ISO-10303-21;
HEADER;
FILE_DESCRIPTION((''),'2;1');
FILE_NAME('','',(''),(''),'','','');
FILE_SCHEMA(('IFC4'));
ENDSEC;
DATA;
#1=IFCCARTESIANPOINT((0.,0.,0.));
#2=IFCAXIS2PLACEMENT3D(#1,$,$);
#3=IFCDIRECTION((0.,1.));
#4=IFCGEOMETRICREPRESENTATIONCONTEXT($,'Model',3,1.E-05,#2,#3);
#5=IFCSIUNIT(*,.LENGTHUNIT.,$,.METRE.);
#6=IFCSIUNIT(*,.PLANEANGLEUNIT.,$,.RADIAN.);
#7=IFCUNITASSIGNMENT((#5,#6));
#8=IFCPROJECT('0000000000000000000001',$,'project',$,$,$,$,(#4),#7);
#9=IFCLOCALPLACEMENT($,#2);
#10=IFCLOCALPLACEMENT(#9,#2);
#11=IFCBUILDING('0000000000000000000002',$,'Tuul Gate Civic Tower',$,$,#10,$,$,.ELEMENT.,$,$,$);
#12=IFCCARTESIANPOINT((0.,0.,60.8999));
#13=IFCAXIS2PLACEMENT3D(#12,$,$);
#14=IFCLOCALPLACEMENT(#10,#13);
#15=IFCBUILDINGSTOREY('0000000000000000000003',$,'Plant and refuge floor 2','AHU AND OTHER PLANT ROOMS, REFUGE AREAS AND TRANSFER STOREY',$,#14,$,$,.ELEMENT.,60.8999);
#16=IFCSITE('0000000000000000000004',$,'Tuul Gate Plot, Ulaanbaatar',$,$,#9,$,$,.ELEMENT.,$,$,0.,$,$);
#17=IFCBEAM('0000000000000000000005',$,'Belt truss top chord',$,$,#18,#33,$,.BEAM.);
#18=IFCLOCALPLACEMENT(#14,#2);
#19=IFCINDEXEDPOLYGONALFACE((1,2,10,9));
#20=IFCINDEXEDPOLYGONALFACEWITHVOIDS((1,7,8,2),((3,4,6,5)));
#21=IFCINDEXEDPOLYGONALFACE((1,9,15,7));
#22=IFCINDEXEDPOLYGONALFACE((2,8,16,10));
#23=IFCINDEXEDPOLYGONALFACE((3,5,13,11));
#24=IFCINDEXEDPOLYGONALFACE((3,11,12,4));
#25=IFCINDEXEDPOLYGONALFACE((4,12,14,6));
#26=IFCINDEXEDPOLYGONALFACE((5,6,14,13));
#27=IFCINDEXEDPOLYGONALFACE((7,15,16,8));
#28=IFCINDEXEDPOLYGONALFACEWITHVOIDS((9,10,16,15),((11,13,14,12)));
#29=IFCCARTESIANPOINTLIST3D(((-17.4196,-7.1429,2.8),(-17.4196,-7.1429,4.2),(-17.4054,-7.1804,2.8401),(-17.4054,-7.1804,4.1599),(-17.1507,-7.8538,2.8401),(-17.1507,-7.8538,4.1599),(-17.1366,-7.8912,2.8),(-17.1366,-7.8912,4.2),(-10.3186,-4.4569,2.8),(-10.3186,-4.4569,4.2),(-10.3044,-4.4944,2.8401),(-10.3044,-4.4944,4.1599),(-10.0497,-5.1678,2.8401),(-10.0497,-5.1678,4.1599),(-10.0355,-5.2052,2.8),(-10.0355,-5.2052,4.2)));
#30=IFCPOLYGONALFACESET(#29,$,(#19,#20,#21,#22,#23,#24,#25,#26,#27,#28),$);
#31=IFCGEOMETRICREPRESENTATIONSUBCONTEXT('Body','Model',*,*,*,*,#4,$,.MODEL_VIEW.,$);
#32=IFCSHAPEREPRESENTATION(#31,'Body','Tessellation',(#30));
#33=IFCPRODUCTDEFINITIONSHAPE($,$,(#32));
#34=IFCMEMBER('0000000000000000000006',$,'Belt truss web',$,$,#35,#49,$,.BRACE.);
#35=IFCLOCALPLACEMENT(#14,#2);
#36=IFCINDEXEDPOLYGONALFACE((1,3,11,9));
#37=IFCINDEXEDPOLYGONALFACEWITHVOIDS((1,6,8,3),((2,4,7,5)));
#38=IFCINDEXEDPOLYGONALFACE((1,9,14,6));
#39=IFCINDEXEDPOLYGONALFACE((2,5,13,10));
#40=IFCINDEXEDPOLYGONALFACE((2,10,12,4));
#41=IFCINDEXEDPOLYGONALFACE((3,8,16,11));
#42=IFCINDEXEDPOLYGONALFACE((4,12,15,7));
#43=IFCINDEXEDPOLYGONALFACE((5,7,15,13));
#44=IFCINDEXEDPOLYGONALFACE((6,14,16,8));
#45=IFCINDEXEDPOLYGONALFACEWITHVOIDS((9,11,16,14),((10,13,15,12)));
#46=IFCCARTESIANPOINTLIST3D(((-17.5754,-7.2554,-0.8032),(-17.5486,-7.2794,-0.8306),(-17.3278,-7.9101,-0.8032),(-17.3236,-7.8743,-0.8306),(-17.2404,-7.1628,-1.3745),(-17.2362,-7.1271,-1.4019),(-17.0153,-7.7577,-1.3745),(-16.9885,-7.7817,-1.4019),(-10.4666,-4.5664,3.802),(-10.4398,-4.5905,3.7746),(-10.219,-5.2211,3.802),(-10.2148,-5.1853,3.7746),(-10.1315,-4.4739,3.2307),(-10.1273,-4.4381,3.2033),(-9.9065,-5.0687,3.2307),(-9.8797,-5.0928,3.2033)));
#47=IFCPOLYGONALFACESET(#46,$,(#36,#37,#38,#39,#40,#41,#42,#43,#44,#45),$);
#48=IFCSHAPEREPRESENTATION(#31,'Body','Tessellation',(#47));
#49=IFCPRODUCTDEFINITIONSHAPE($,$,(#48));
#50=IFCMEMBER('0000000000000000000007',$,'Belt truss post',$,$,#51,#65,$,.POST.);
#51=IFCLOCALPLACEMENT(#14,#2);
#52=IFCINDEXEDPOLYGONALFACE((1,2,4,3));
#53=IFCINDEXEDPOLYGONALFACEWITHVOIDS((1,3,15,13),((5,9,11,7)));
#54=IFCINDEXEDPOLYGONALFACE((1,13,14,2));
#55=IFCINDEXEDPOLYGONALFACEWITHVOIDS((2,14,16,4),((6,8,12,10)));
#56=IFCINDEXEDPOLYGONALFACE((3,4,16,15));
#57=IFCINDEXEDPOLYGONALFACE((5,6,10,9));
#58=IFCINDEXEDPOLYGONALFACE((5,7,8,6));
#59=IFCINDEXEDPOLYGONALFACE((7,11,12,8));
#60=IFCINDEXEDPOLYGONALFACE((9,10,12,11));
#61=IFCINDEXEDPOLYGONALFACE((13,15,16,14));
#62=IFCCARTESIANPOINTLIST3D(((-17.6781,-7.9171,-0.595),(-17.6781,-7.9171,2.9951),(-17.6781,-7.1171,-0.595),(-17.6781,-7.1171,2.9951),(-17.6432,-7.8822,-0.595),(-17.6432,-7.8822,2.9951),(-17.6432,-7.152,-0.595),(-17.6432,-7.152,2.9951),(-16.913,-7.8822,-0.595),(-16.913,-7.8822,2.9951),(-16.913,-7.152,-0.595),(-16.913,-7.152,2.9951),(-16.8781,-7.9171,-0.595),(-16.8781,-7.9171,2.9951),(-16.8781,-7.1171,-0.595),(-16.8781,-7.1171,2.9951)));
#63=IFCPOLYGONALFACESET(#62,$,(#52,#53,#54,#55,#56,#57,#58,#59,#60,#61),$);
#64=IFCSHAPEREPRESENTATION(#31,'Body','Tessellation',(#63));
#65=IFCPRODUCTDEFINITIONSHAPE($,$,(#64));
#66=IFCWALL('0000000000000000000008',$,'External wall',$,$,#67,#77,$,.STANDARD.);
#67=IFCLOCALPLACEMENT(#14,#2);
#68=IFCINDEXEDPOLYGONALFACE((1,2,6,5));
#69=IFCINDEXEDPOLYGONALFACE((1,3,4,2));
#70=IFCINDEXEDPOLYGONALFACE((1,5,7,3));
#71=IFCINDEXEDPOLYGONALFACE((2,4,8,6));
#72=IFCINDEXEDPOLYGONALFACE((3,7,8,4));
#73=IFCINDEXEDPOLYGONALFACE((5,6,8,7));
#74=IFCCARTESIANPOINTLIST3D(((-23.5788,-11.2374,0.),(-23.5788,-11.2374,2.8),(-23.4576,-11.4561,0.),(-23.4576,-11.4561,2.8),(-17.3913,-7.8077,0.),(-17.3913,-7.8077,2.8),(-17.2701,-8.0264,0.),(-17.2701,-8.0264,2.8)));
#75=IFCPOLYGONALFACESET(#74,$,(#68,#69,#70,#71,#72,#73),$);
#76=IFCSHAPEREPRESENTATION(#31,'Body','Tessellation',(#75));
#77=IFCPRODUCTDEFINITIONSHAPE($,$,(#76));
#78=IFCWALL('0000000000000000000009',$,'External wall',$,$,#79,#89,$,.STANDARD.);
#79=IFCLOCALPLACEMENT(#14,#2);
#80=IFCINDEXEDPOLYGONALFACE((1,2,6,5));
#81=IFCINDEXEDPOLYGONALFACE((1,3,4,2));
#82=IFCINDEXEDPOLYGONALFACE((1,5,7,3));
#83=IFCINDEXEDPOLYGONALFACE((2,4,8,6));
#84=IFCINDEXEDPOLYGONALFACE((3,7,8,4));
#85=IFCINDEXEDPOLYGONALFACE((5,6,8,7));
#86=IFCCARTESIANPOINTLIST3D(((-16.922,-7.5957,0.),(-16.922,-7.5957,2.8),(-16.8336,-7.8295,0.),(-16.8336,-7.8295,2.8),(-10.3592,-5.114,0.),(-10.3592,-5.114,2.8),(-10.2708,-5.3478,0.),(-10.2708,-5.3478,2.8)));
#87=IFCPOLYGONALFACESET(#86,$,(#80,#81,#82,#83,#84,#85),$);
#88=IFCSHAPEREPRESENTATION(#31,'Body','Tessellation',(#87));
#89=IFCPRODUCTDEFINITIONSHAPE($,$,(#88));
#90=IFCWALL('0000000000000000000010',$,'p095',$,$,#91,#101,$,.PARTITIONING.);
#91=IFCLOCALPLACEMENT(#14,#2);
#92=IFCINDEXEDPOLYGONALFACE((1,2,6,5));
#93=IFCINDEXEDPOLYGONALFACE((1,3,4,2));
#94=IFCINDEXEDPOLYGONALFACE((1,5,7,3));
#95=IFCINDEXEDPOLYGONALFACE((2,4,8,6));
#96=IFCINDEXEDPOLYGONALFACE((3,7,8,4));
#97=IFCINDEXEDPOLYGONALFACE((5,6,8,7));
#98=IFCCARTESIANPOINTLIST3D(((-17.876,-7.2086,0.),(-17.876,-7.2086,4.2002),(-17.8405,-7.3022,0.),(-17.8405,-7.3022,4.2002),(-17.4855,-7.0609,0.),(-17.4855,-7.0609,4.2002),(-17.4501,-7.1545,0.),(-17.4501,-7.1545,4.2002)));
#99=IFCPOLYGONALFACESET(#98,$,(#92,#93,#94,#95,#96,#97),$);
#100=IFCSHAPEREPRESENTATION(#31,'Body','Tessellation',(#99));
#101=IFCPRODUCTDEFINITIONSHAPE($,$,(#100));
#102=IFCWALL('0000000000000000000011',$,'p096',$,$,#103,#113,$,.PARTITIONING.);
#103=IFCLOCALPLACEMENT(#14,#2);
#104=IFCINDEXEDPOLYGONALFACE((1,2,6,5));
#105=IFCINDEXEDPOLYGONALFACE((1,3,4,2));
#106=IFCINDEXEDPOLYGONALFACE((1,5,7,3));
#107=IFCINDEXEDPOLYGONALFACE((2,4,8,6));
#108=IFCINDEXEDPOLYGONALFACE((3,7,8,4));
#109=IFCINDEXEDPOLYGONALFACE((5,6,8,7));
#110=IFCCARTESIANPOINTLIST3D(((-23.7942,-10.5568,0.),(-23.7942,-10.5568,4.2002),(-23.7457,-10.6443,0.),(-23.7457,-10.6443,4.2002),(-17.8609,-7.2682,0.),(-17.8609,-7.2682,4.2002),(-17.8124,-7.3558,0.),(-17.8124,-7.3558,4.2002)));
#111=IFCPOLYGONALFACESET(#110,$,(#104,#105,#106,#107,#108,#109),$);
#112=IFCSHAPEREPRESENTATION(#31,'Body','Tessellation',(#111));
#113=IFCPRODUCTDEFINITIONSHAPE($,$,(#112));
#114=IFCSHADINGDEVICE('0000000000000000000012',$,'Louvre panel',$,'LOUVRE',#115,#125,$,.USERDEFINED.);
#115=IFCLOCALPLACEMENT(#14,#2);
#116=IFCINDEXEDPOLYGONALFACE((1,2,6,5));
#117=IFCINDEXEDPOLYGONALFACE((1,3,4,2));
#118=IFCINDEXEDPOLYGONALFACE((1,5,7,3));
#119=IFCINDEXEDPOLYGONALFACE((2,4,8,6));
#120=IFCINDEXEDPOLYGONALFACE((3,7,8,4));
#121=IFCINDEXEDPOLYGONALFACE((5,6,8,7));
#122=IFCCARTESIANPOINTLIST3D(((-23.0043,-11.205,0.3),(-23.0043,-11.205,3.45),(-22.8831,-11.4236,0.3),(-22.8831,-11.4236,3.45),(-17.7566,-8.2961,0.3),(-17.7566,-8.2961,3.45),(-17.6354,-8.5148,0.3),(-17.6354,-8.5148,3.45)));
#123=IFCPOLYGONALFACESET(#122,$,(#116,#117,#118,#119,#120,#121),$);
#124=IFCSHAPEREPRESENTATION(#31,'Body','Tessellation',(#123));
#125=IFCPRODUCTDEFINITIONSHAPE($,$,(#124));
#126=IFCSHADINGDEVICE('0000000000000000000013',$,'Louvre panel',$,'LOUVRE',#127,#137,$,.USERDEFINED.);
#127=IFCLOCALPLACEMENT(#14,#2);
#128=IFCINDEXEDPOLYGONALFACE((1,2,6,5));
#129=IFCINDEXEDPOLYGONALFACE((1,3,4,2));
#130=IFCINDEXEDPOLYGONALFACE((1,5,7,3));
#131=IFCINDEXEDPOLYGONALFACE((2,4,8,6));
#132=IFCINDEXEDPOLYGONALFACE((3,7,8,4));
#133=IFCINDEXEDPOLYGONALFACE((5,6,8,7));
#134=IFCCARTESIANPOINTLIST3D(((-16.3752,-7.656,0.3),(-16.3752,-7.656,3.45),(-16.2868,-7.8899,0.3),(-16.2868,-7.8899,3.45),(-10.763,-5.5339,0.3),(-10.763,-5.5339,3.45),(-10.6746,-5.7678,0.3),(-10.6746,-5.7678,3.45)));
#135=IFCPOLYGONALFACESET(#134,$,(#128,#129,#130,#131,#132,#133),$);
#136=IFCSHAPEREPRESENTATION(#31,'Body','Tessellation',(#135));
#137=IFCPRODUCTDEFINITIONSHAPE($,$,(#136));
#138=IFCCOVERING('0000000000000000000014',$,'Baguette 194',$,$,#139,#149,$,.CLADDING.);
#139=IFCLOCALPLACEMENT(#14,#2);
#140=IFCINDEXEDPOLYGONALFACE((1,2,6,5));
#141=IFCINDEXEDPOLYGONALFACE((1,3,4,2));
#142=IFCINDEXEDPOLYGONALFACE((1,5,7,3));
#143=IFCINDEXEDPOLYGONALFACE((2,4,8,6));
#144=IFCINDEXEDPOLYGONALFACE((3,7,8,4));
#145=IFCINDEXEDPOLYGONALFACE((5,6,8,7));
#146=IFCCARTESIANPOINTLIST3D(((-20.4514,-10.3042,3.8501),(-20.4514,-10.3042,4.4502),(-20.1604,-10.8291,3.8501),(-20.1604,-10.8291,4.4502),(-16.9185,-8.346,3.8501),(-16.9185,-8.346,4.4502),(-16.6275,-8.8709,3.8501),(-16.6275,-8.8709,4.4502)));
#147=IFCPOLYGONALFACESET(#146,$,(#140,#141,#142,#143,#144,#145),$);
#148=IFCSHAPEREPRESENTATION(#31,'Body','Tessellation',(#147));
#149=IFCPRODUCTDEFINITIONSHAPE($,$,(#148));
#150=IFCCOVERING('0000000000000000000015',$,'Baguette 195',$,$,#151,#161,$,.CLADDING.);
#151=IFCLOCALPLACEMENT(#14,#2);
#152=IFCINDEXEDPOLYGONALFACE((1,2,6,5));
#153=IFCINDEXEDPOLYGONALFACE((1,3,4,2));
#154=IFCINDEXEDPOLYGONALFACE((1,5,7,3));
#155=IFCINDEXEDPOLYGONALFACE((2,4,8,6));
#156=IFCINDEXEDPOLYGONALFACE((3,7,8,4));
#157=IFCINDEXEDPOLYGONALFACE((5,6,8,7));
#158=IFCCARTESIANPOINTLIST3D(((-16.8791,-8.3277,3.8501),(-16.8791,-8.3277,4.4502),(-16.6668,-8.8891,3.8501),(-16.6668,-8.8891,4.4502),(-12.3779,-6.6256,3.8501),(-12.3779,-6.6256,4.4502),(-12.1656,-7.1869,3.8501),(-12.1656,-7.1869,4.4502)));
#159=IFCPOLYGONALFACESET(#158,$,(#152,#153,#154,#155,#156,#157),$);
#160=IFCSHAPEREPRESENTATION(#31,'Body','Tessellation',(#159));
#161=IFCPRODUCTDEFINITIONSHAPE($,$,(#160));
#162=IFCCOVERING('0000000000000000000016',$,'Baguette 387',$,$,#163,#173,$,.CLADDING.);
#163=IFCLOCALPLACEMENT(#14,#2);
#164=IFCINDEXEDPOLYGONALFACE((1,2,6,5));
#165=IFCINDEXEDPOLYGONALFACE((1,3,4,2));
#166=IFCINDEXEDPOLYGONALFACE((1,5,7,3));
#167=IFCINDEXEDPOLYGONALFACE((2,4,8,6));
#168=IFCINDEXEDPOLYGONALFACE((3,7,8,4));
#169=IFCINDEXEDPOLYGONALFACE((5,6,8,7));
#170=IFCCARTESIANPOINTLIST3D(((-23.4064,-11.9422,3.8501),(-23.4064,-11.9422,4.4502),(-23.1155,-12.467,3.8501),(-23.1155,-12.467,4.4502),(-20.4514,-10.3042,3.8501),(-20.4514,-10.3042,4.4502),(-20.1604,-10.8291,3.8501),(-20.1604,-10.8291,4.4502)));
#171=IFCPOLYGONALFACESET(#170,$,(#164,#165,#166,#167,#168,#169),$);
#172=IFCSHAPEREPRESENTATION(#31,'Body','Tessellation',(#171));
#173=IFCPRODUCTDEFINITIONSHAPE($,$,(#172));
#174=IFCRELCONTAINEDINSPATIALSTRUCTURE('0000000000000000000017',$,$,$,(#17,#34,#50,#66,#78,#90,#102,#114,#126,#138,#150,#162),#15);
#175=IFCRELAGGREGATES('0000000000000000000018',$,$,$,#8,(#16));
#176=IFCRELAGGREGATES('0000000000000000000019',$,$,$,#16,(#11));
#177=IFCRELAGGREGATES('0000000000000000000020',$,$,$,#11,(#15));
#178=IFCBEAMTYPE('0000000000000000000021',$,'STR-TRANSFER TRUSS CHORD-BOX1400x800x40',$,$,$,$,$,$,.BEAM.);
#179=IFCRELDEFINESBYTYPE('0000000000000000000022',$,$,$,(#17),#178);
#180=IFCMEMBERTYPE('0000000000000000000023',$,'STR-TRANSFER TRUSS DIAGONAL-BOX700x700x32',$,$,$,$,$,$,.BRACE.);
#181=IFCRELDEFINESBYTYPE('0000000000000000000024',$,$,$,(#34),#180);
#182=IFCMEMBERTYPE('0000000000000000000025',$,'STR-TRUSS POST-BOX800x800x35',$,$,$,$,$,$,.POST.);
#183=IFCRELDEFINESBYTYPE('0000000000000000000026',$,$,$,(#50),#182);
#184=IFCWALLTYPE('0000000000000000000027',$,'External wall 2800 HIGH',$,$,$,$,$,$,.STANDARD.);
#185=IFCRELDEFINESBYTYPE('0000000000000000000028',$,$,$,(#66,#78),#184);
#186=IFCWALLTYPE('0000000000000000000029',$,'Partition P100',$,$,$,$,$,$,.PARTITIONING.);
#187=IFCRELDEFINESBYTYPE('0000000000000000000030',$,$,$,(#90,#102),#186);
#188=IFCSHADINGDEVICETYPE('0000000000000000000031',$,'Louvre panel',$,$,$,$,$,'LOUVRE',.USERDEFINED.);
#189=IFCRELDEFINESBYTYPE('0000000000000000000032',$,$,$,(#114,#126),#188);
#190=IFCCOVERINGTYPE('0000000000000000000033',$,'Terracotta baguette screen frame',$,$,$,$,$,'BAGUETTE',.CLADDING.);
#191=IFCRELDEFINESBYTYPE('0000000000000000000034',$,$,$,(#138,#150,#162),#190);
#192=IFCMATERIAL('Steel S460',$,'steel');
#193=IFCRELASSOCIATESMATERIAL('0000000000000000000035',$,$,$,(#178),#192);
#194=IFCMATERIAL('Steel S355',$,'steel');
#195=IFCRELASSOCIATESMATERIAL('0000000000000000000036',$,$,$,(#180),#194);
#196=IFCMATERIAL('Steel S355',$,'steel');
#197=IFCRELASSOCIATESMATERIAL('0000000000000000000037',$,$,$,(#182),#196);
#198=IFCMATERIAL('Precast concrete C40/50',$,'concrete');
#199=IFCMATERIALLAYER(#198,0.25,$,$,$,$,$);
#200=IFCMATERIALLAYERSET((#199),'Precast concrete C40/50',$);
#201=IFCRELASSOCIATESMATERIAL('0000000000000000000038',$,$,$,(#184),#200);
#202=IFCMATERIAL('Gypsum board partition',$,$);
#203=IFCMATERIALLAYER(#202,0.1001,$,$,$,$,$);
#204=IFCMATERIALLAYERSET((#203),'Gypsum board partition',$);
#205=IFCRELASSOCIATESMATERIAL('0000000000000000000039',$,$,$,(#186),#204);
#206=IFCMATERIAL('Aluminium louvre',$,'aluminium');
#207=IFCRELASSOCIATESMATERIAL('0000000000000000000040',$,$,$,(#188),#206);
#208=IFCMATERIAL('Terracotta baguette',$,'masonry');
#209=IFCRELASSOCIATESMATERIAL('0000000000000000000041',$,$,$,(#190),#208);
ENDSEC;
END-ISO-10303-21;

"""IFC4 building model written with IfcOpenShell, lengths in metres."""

from ifc_helpers import new_model, si_unit, direction, frame, frame_2d, origin, origin_2d, place, context, subcontext, project, spatial, rectangle, hollow_rectangle, extrude, material, layer, layer_set, material_profile, profile_set, type_object, element, save


model = new_model("IFC4")

# Units and contexts
model_context = context("Model", 3, precision=1e-05, world=origin(), true_north=direction((0.0, 1.0)))
body_context = subcontext(model_context, "Body", "Model", "MODEL_VIEW")
ifc_project = project(units=[si_unit("LENGTHUNIT", "METRE"), si_unit("PLANEANGLEUNIT", "RADIAN")], contexts=[model_context])

# Site, building, storey
site_placement = place(None, origin())
site = spatial("IfcSite", under=ifc_project, at=site_placement, Name="Tuul Gate Plot, Ulaanbaatar", CompositionType="ELEMENT", RefElevation=0.0)
building_placement = place(site_placement, origin())
building = spatial("IfcBuilding", under=site, at=building_placement, Name="Tuul Gate Civic Tower", CompositionType="ELEMENT")
storey_placement = place(building_placement, frame((0.0, 0.0, 60.8999)))
storey = spatial("IfcBuildingStorey", under=building, at=storey_placement, Name="Plant and refuge floor 2", Description="AHU AND OTHER PLANT ROOMS, REFUGE AREAS AND TRANSFER STOREY", CompositionType="ELEMENT", Elevation=60.8999)

# Beam
ifc_material_1 = material(Name="Steel S460", Category="steel")
ifc_material_profile_1 = material_profile(ifc_material_1, hollow_rectangle(XDim=0.8, YDim=1.3999, WallThickness=0.04, at=origin_2d()), Name="BOX1400x800x40")
ifc_profile_set_1 = profile_set([ifc_material_profile_1], Name="Steel S460")
beam_type_1 = type_object("IfcBeamType", Name="STR-TRANSFER TRUSS CHORD-BOX1400x800x40", PredefinedType="BEAM", material=ifc_profile_set_1)
for number, where, z_axis, x_axis, name in (
    (1, (-17.2781, -7.5171, 3.5), (0.935324, 0.353793, 0.0), (-0.353793, 0.935324, 0.0), "Belt truss top chord"),
):
    element("IfcBeam", number, at=place(storey_placement, frame(where, z_axis=z_axis, x_axis=x_axis)), inside=storey, type_object=beam_type_1, Name=name, PredefinedType="BEAM", context=body_context, shape_type="SweptSolid", body=[
        extrude(hollow_rectangle(XDim=0.8, YDim=1.3999, WallThickness=0.04, at=origin_2d()), origin(), (0.0, 0.0, 1.0), 7.592),
    ])

# Members
ifc_material_2 = material(Name="Steel S355", Category="steel")
ifc_material_profile_2 = material_profile(ifc_material_2, hollow_rectangle(XDim=0.7, YDim=0.7, WallThickness=0.032, at=origin_2d()), Name="BOX700x700x32")
ifc_profile_set_2 = profile_set([ifc_material_profile_2], Name="Steel S355")
member_type_1 = type_object("IfcMemberType", Name="STR-TRANSFER TRUSS DIAGONAL-BOX700x700x32", PredefinedType="BRACE", material=ifc_profile_set_2)
member_1_placement = place(storey_placement, frame((-17.282, -7.5186, -1.1025), z_axis=(0.799939, 0.30258, 0.518211), x_axis=(-0.35379, 0.935325, 0.0)))
element("IfcMember", 2, at=member_1_placement, inside=storey, type_object=member_type_1, Name="Belt truss web", PredefinedType="BRACE", context=body_context, shape_type="SweptSolid", body=[
    extrude(hollow_rectangle(XDim=0.7, YDim=0.7, WallThickness=0.032, at=origin_2d()), origin(), (0.0, 0.0, 1.0), 8.8867),
])
ifc_material_3 = material(Name="Steel S355", Category="steel")
ifc_material_profile_3 = material_profile(ifc_material_3, hollow_rectangle(XDim=0.8, YDim=0.8, WallThickness=0.0349, at=origin_2d()), Name="BOX800x800x35")
ifc_profile_set_3 = profile_set([ifc_material_profile_3], Name="Steel S355")
member_type_2 = type_object("IfcMemberType", Name="STR-TRUSS POST-BOX800x800x35", PredefinedType="POST", material=ifc_profile_set_3)
member_2_placement = place(storey_placement, frame((-17.2781, -7.5171, -0.595), z_axis=(0.0, 0.0, 1.0), x_axis=(1.0, 0.0, 0.0)))
element("IfcMember", 3, at=member_2_placement, inside=storey, type_object=member_type_2, Name="Belt truss post", PredefinedType="POST", context=body_context, shape_type="SweptSolid", body=[
    extrude(hollow_rectangle(XDim=0.8, YDim=0.8, WallThickness=0.0349, at=origin_2d()), origin(), (0.0, 0.0, 1.0), 3.5901),
])

# Walls
ifc_material_4 = material(Name="Precast concrete C40/50", Category="concrete")
ifc_layer_1 = layer(ifc_material_4, 0.25)
ifc_layer_set_1 = layer_set([ifc_layer_1], Name="Precast concrete C40/50")
wall_type_1 = type_object("IfcWallType", Name="External wall 2800 HIGH", PredefinedType="STANDARD", material=ifc_layer_set_1)
wall_1_placement = place(storey_placement, frame((-23.5181, -11.3467, 0.0), z_axis=(0.0, 0.0, 1.0), x_axis=(0.874626, 0.484799, 0.0)))
element("IfcWall", 4, at=wall_1_placement, inside=storey, type_object=wall_type_1, Name="External wall", PredefinedType="STANDARD", context=body_context, shape_type="SweptSolid", body=[
    extrude(rectangle(XDim=7.0745, YDim=0.25, at=frame_2d((3.5371, 0.0))), origin(), (0.0, 0.0, 1.0), 2.8),
])
wall_2_placement = place(storey_placement, frame((-16.8779, -7.7126, 0.0), z_axis=(0.0, 0.0, 1.0), x_axis=(0.935358, 0.353704, 0.0)))
element("IfcWall", 5, at=wall_2_placement, inside=storey, type_object=wall_type_1, Name="External wall", PredefinedType="STANDARD", context=body_context, shape_type="SweptSolid", body=[
    extrude(rectangle(XDim=7.0164, YDim=0.25, at=frame_2d((3.5083, 0.0))), origin(), (0.0, 0.0, 1.0), 2.8),
])
ifc_material_5 = material(Name="Gypsum board partition")
ifc_layer_2 = layer(ifc_material_5, 0.1001)
ifc_layer_set_2 = layer_set([ifc_layer_2], Name="Gypsum board partition")
wall_type_2 = type_object("IfcWallType", Name="Partition P100", PredefinedType="PARTITIONING", material=ifc_layer_set_2)
wall_3_placement = place(storey_placement, frame((-17.4678, -7.1077, 0.0), z_axis=(0.0, 0.0, 1.0), x_axis=(-0.935291, -0.353878, 0.0)))
element("IfcWall", 6, at=wall_3_placement, inside=storey, type_object=wall_type_2, Name="p095", PredefinedType="PARTITIONING", context=body_context, shape_type="SweptSolid", body=[
    extrude(rectangle(XDim=0.4175, YDim=0.1001, at=frame_2d((0.2087, 0.0))), origin(), (0.0, 0.0, 1.0), 4.2002),
])
wall_4_placement = place(storey_placement, frame((-17.8367, -7.312, 0.0), z_axis=(0.0, 0.0, 1.0), x_axis=(-0.874641, -0.484772, 0.0)))
element("IfcWall", 7, at=wall_4_placement, inside=storey, type_object=wall_type_2, Name="p096", PredefinedType="PARTITIONING", context=body_context, shape_type="SweptSolid", body=[
    extrude(rectangle(XDim=6.7837, YDim=0.1001, at=frame_2d((3.3918, 0.0))), origin(), (0.0, 0.0, 1.0), 4.2002),
])

# Shading devices
ifc_material_6 = material(Name="Aluminium louvre", Category="aluminium")
shading_device_type = type_object("IfcShadingDeviceType", Name="Louvre panel", ElementType="LOUVRE", PredefinedType="USERDEFINED", material=ifc_material_6)
for number, where, z_axis, x_axis, name in (
    (8, (-20.3198, -9.8599, 0.3), (0.0, 0.0, 1.0), (0.484808, -0.874621, 0.0), "Louvre panel"),
    (9, (-13.5249, -6.7119, 0.3), (0.0, 0.0, 1.0), (0.353685, -0.935365, 0.0), "Louvre panel"),
):
    element("IfcShadingDevice", number, at=place(storey_placement, frame(where, z_axis=z_axis, x_axis=x_axis)), inside=storey, type_object=shading_device_type, Name=name, ObjectType="LOUVRE", PredefinedType="USERDEFINED", context=body_context, shape_type="SweptSolid", body=[
        extrude(rectangle(XDim=0.25, YDim=6.0, at=origin_2d()), origin(), (0.0, 0.0, 1.0), 3.1499),
    ])

# Coverings
ifc_material_7 = material(Name="Terracotta baguette", Category="masonry")
ifc_material_profile_4 = material_profile(ifc_material_7, rectangle(XDim=0.6001, YDim=0.6001, at=origin_2d()), Name="Terracotta baguette screen frame")
ifc_profile_set_4 = profile_set([ifc_material_profile_4], Name="Terracotta baguette")
covering_type = type_object("IfcCoveringType", Name="Terracotta baguette screen frame", ElementType="BAGUETTE", PredefinedType="CLADDING", material=ifc_profile_set_4)
covering_1_placement = place(storey_placement, frame((-20.3059, -10.5667, 4.1501), z_axis=(0.87463, 0.484791, 0.0), x_axis=(-0.484791, 0.87463, 0.0)))
element("IfcCovering", 10, at=covering_1_placement, inside=storey, type_object=covering_type, Name="Baguette 194", PredefinedType="CLADDING", context=body_context, shape_type="SweptSolid", body=[
    extrude(rectangle(XDim=0.6001, YDim=0.6001, at=origin_2d()), origin(), (0.0, 0.0, 1.0), 4.0393),
])
covering_2_placement = place(storey_placement, frame((-16.7729, -8.6084, 4.1501), z_axis=(0.935356, 0.353707, 0.0), x_axis=(-0.353707, 0.935356, 0.0)))
element("IfcCovering", 11, at=covering_2_placement, inside=storey, type_object=covering_type, Name="Baguette 195", PredefinedType="CLADDING", context=body_context, shape_type="SweptSolid", body=[
    extrude(rectangle(XDim=0.6001, YDim=0.6001, at=origin_2d()), origin(), (0.0, 0.0, 1.0), 4.8123),
])
covering_3_placement = place(storey_placement, frame((-23.261, -12.2046, 4.1501), z_axis=(0.874631, 0.48479, 0.0), x_axis=(-0.48479, 0.874631, 0.0)))
element("IfcCovering", 12, at=covering_3_placement, inside=storey, type_object=covering_type, Name="Baguette 387", PredefinedType="CLADDING", context=body_context, shape_type="SweptSolid", body=[
    extrude(rectangle(XDim=0.6001, YDim=0.6001, at=origin_2d()), origin(), (0.0, 0.0, 1.0), 3.3787),
])

save(model, "model.ifc")
